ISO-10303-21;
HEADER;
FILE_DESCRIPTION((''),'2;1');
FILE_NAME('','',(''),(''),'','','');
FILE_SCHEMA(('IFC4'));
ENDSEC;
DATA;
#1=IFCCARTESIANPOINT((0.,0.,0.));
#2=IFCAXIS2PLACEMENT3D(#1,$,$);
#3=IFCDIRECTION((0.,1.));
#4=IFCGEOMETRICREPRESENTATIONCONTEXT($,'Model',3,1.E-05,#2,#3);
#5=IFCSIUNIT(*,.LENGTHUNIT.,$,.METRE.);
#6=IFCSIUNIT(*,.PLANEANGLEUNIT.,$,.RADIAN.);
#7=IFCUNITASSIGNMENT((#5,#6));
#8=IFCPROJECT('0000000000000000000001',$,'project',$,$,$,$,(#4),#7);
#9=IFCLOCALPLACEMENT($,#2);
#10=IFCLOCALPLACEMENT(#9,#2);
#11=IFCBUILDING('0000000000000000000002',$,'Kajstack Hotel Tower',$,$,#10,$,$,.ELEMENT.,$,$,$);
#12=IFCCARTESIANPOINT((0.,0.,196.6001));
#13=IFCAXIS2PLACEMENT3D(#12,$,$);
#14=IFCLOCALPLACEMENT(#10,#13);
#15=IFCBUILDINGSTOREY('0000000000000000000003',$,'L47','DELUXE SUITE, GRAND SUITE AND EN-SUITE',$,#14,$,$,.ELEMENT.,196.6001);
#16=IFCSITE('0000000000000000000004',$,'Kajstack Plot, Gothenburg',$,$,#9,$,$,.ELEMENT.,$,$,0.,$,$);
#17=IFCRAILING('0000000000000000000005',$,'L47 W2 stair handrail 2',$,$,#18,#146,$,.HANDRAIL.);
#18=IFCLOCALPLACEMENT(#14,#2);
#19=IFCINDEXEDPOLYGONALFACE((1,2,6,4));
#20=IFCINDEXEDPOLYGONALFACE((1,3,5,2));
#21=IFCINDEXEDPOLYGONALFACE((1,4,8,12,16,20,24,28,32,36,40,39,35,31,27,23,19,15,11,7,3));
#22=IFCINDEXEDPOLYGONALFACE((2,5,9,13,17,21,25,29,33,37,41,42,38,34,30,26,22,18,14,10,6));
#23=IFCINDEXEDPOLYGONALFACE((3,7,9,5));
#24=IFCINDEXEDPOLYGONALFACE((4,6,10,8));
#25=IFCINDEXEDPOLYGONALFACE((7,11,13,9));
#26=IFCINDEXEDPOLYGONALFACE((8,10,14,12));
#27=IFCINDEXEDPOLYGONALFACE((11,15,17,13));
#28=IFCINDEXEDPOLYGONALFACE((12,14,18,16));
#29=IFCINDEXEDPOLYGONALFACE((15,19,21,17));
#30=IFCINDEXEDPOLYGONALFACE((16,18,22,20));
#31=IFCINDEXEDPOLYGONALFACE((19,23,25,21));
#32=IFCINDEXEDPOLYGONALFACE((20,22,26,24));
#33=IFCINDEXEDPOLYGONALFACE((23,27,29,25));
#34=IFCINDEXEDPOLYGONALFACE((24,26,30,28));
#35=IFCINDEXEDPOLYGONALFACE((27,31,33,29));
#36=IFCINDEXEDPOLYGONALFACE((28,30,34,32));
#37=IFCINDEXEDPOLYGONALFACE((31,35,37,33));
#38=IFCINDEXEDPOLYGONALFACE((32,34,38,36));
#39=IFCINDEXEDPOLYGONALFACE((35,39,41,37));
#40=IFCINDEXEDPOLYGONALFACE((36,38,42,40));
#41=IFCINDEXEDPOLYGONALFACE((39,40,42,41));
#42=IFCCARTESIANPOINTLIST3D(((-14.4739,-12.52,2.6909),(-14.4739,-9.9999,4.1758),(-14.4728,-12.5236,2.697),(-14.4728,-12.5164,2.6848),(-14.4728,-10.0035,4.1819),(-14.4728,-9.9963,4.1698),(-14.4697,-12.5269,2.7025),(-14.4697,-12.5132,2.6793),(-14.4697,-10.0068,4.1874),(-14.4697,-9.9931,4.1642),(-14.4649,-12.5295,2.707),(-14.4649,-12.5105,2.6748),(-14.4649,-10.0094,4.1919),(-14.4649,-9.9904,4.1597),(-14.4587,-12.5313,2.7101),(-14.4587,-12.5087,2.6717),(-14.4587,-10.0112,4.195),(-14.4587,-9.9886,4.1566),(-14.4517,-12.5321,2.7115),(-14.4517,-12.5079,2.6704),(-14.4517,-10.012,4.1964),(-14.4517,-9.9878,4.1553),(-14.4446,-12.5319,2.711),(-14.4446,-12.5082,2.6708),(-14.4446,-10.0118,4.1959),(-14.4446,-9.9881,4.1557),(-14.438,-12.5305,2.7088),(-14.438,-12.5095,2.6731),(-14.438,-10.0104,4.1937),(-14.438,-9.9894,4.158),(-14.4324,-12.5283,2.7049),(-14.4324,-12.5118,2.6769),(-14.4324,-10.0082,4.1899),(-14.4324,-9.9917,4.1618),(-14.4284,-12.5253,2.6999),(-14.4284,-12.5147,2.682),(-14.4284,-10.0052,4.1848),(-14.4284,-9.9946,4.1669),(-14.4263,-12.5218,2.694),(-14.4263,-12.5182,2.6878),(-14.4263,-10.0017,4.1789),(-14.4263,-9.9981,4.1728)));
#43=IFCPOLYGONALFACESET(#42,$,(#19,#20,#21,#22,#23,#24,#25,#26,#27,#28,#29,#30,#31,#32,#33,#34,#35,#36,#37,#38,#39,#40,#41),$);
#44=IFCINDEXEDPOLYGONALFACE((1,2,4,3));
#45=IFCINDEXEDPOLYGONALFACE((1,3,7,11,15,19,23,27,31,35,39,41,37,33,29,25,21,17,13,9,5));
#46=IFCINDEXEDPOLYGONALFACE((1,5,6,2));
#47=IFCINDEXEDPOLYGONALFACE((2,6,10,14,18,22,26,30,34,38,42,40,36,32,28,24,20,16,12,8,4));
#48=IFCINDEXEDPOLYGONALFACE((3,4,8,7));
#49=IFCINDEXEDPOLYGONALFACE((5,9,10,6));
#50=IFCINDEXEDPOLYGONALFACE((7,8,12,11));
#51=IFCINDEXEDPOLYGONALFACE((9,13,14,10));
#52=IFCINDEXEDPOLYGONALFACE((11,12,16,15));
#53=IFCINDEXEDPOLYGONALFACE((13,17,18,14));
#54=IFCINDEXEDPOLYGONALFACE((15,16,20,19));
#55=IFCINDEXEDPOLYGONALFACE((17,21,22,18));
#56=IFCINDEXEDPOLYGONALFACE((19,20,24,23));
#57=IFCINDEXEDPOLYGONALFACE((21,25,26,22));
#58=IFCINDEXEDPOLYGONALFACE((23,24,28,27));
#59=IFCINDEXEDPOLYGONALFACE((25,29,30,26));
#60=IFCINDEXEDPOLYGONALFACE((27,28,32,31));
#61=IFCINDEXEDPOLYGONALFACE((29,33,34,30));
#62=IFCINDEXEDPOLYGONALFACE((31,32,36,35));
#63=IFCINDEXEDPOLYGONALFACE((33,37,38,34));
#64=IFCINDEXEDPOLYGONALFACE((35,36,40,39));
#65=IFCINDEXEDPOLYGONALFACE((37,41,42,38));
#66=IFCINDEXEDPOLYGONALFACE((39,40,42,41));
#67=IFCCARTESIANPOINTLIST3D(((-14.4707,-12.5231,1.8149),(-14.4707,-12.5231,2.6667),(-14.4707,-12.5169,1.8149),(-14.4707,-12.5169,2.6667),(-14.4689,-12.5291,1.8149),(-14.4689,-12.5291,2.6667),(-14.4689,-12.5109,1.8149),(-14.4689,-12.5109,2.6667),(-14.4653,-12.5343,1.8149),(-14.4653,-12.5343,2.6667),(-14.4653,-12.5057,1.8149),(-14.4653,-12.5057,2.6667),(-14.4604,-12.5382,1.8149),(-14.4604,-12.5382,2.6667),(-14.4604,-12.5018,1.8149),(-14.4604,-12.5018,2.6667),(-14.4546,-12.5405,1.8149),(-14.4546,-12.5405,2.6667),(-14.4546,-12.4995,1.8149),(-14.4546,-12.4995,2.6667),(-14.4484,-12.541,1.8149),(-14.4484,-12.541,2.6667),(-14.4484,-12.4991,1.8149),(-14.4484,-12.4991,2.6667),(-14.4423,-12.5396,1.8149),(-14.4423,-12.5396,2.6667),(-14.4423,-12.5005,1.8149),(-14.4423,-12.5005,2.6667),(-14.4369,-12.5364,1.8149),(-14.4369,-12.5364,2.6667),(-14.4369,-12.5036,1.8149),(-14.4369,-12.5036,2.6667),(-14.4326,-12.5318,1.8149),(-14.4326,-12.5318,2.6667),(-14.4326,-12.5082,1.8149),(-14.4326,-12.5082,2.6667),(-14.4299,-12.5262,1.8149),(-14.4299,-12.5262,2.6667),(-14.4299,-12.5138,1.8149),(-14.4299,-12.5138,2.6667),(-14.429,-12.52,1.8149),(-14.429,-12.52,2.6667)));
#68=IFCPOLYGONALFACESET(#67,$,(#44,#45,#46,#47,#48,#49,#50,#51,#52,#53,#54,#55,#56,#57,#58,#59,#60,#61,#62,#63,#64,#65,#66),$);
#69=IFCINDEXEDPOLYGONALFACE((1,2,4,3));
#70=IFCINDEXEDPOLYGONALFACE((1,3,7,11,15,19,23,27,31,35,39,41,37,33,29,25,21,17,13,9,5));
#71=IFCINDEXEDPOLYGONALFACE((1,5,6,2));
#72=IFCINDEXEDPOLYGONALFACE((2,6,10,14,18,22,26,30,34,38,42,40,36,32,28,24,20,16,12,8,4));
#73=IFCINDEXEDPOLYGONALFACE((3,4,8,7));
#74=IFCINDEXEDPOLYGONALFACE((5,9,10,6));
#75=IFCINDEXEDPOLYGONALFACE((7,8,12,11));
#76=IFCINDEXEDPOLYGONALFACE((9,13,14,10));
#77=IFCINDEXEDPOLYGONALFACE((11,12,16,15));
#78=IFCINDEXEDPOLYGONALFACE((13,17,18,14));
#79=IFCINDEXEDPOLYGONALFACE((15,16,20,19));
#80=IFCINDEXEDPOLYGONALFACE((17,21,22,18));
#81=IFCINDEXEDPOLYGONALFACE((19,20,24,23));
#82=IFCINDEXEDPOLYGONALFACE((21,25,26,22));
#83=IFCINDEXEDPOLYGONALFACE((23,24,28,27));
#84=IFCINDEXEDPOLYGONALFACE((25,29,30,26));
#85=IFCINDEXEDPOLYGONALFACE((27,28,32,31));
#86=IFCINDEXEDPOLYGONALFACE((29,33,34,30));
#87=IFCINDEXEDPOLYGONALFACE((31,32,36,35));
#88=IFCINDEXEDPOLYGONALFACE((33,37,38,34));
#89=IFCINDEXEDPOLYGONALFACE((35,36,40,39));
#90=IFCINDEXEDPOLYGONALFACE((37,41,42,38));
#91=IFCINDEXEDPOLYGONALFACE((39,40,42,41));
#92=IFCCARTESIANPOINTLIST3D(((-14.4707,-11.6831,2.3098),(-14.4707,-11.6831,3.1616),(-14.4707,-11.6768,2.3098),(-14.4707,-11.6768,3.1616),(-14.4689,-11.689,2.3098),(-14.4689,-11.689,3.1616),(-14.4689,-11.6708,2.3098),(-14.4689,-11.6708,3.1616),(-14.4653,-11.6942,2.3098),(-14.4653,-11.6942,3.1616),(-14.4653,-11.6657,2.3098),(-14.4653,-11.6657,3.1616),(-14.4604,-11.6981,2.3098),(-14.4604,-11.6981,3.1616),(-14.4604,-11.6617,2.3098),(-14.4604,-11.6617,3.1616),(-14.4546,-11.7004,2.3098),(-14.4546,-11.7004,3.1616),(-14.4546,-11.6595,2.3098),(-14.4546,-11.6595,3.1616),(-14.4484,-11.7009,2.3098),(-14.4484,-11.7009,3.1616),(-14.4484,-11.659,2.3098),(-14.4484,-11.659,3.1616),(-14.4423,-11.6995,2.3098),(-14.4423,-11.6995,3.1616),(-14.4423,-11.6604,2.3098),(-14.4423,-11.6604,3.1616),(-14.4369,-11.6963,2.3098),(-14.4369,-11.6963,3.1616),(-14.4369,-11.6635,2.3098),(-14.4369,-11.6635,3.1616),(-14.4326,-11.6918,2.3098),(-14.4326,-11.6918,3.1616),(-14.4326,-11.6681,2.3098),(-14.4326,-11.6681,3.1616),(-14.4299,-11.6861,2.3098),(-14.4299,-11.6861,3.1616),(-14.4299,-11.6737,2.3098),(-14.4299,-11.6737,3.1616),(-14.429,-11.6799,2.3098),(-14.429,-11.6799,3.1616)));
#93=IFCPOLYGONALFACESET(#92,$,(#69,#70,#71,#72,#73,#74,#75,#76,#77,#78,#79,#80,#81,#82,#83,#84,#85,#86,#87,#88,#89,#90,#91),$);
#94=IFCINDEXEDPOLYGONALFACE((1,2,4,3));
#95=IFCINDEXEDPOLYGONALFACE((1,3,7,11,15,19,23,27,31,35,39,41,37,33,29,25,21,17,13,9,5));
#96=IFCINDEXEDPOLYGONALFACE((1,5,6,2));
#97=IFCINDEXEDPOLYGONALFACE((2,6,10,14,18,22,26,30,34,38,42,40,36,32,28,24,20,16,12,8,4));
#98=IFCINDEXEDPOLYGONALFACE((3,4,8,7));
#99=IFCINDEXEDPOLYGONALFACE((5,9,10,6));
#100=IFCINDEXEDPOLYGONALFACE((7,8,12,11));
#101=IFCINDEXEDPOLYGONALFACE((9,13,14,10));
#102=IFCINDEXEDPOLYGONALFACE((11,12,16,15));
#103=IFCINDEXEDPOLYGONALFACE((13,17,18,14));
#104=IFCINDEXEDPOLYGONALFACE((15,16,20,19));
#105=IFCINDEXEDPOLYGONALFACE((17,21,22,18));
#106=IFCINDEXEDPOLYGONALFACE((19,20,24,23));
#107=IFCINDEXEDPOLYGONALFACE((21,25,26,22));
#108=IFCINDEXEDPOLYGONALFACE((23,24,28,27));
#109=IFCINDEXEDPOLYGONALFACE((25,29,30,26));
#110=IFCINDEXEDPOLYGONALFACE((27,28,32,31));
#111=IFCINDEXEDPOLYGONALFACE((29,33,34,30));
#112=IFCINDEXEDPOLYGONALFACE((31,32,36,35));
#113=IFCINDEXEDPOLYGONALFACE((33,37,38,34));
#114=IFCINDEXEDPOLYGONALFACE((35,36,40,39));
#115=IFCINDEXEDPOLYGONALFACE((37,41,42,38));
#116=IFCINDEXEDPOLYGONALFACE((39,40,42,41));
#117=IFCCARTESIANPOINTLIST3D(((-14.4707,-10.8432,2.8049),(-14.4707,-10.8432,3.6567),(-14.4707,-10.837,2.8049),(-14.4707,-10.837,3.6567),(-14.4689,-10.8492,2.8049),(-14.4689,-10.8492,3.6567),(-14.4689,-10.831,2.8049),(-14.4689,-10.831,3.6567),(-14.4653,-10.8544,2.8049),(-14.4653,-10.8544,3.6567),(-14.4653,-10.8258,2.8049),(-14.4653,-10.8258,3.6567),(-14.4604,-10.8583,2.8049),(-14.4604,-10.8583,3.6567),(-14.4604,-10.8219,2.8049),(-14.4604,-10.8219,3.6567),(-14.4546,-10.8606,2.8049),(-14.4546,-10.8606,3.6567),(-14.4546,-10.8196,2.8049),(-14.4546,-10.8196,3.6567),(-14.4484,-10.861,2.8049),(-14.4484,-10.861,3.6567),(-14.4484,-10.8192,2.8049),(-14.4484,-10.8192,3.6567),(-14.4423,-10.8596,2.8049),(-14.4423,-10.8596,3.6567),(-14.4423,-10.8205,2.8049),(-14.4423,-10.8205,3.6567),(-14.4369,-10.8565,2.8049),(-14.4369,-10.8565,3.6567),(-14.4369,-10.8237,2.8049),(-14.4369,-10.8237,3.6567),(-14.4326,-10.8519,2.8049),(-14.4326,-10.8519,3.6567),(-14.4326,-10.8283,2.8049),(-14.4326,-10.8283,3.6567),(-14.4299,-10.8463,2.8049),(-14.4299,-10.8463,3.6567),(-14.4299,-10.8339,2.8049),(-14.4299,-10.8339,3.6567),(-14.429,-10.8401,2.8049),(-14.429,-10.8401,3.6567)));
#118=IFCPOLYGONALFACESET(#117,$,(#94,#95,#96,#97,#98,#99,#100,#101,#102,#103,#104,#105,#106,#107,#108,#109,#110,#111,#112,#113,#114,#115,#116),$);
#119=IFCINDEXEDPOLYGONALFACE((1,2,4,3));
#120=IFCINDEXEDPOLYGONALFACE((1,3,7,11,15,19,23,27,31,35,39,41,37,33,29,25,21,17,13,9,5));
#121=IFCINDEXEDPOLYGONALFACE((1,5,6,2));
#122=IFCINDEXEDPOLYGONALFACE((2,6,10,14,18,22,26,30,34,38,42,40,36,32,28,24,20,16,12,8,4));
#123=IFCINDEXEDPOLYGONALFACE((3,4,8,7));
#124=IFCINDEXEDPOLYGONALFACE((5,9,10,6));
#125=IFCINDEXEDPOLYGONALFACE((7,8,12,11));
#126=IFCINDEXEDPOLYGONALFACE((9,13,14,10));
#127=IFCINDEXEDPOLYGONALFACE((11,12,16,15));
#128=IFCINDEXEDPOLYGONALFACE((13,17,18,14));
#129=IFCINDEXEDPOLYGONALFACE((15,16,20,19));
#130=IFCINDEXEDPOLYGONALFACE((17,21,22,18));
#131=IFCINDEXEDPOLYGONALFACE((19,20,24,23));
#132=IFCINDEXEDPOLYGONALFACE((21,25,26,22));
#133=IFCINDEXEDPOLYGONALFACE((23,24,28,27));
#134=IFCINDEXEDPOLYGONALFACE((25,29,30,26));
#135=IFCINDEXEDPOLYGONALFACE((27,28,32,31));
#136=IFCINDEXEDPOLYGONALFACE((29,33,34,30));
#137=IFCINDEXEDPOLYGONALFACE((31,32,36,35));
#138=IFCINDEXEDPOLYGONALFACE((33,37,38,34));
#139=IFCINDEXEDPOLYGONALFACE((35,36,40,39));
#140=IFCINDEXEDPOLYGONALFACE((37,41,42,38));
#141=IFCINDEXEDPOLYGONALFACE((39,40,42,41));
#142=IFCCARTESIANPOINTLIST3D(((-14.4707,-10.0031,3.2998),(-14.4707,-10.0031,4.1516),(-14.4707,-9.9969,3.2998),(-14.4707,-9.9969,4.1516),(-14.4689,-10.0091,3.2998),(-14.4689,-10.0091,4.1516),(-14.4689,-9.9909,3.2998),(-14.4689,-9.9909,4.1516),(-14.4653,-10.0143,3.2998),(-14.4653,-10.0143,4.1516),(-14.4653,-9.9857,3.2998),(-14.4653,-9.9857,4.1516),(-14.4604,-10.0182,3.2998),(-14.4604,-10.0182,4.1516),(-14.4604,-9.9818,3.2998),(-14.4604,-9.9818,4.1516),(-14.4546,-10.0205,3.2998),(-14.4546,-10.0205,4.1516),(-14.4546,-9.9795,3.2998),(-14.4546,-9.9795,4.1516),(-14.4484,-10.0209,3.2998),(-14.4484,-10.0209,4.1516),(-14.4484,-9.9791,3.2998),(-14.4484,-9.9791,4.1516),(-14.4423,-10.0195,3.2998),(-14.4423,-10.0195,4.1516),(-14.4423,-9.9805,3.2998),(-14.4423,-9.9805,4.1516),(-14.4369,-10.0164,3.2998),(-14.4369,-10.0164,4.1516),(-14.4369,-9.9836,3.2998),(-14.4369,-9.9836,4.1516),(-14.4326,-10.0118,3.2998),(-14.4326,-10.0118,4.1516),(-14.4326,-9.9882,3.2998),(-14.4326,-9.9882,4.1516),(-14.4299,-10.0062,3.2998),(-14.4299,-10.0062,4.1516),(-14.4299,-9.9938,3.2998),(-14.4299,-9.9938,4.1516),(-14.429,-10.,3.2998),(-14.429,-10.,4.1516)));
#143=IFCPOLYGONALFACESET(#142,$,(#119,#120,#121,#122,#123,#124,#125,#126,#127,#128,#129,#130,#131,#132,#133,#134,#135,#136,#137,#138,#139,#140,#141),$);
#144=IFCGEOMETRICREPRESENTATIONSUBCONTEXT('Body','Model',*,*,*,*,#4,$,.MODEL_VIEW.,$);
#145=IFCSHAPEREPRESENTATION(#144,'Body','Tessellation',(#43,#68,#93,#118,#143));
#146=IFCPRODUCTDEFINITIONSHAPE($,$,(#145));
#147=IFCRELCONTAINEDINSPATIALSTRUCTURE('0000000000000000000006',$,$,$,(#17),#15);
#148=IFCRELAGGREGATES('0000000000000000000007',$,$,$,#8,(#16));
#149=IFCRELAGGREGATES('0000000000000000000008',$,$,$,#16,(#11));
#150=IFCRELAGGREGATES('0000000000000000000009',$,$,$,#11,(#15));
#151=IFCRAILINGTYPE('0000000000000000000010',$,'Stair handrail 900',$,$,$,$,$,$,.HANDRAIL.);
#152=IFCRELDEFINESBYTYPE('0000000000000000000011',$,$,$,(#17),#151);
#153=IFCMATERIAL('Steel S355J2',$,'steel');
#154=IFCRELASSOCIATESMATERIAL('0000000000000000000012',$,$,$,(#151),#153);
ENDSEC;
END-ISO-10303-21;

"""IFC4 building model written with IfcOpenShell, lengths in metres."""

from ifc_helpers import new_model, si_unit, direction, frame, origin, origin_2d, place, context, subcontext, project, spatial, circle, extrude, material, type_object, element, save


model = new_model("IFC4")

# Units and contexts
model_context = context("Model", 3, precision=1e-05, world=origin(), true_north=direction((0.0, 1.0)))
body_context = subcontext(model_context, "Body", "Model", "MODEL_VIEW")
ifc_project = project(units=[si_unit("LENGTHUNIT", "METRE"), si_unit("PLANEANGLEUNIT", "RADIAN")], contexts=[model_context])

# Site, building, storey
site_placement = place(None, origin())
site = spatial("IfcSite", under=ifc_project, at=site_placement, Name="Kajstack Plot, Gothenburg", CompositionType="ELEMENT", RefElevation=0.0)
building_placement = place(site_placement, origin())
building = spatial("IfcBuilding", under=site, at=building_placement, Name="Kajstack Hotel Tower", CompositionType="ELEMENT")
storey_placement = place(building_placement, frame((0.0, 0.0, 196.6001)))
storey = spatial("IfcBuildingStorey", under=building, at=storey_placement, Name="L47", Description="DELUXE SUITE, GRAND SUITE AND EN-SUITE", CompositionType="ELEMENT", Elevation=196.6001)

# Railing
ifc_material_1 = material(Name="Steel S355J2", Category="steel")
railing_type_1 = type_object("IfcRailingType", Name="Stair handrail 900", PredefinedType="HANDRAIL", material=ifc_material_1)
railing_1_placement = place(storey_placement, frame((-14.45, -12.52, 1.8149)))
element("IfcRailing", 1, at=railing_1_placement, inside=storey, type_object=railing_type_1, Name="L47 W2 stair handrail 2", PredefinedType="HANDRAIL", context=body_context, shape_type="SweptSolid", body=[
    extrude(circle(Radius=0.0239, at=origin_2d()), frame((0.0, 0.0, 0.876), z_axis=(0.0, 0.861561, 0.507655), x_axis=(-1.0, 0.0, 0.0)), (0.0, 0.0, 1.0), 2.925),
    extrude(circle(Radius=0.021, at=origin_2d()), origin(), (0.0, 0.0, 1.0), 0.8518),
    extrude(circle(Radius=0.021, at=origin_2d()), frame((0.0, 0.8401, 0.4949)), (0.0, 0.0, 1.0), 0.8518),
    extrude(circle(Radius=0.021, at=origin_2d()), frame((0.0, 1.6799, 0.99)), (0.0, 0.0, 1.0), 0.8518),
    extrude(circle(Radius=0.021, at=origin_2d()), frame((0.0, 2.52, 1.4849)), (0.0, 0.0, 1.0), 0.8518),
])

save(model, "model.ifc")
